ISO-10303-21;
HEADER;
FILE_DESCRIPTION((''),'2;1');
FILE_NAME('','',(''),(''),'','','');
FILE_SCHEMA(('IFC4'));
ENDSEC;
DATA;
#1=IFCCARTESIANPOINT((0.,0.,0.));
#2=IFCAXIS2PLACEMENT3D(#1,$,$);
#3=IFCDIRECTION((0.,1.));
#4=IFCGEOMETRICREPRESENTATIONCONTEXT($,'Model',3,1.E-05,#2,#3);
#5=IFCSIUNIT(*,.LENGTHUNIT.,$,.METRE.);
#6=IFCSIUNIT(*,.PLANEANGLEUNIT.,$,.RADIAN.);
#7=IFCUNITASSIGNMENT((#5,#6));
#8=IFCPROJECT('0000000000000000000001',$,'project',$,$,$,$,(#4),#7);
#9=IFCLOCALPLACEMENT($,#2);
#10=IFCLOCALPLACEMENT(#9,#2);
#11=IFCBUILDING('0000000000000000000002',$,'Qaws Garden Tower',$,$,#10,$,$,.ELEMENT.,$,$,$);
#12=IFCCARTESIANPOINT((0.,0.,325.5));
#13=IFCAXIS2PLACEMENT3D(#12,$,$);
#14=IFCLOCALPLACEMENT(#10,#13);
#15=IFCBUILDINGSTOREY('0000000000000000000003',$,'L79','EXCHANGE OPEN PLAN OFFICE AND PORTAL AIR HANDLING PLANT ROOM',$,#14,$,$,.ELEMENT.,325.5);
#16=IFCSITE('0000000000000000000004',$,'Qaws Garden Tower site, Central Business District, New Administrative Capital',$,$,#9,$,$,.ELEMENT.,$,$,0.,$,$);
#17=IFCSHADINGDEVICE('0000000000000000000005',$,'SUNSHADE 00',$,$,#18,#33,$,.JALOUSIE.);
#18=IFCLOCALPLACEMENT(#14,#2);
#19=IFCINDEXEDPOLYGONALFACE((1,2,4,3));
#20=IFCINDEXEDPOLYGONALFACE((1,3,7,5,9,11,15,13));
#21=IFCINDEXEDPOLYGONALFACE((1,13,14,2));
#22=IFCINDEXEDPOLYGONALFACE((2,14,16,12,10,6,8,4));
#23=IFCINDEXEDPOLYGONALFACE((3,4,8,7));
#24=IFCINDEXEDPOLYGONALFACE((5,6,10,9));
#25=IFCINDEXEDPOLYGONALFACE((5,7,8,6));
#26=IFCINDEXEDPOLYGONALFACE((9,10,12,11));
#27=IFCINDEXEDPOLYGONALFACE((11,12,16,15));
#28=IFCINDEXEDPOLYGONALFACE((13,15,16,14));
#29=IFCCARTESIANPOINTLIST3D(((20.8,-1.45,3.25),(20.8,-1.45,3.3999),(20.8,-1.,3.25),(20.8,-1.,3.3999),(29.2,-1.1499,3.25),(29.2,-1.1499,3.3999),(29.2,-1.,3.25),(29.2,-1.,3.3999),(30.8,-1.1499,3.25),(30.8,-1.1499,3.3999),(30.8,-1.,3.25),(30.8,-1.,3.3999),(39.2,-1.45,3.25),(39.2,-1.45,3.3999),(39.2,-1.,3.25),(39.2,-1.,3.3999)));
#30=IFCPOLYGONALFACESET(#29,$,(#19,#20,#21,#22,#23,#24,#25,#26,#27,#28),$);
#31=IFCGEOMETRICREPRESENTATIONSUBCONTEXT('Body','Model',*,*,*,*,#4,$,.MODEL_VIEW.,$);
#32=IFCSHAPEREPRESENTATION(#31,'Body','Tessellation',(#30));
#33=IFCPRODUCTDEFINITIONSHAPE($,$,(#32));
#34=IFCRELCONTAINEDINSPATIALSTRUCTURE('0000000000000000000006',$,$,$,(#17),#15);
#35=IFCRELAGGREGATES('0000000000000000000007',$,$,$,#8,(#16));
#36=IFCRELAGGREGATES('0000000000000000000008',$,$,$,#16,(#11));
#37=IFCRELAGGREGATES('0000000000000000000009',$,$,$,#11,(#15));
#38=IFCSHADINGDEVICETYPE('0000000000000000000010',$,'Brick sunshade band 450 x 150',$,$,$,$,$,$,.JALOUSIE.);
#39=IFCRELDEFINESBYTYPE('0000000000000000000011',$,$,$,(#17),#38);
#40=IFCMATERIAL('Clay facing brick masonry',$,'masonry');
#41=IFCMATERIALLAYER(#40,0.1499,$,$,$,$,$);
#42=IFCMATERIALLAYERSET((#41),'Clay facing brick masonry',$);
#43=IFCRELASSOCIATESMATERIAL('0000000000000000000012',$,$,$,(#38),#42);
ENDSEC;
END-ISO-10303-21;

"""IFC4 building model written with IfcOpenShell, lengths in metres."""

from ifc_helpers import new_model, si_unit, direction, frame, origin, place, context, subcontext, project, spatial, polyline, outline, extrude, material, layer, layer_set, type_object, element, save


model = new_model("IFC4")

# Units and contexts
model_context = context("Model", 3, precision=1e-05, world=origin(), true_north=direction((0.0, 1.0)))
body_context = subcontext(model_context, "Body", "Model", "MODEL_VIEW")
ifc_project = project(units=[si_unit("LENGTHUNIT", "METRE"), si_unit("PLANEANGLEUNIT", "RADIAN")], contexts=[model_context])

# Site, building, storey
site_placement = place(None, origin())
site = spatial("IfcSite", under=ifc_project, at=site_placement, Name="Qaws Garden Tower site, Central Business District, New Administrative Capital", CompositionType="ELEMENT", RefElevation=0.0)
building_placement = place(site_placement, origin())
building = spatial("IfcBuilding", under=site, at=building_placement, Name="Qaws Garden Tower", CompositionType="ELEMENT")
storey_placement = place(building_placement, frame((0.0, 0.0, 325.5)))
storey = spatial("IfcBuildingStorey", under=building, at=storey_placement, Name="L79", Description="EXCHANGE OPEN PLAN OFFICE AND PORTAL AIR HANDLING PLANT ROOM", CompositionType="ELEMENT", Elevation=325.5)

# Shading device
ifc_material_1 = material(Name="Clay facing brick masonry", Category="masonry")
ifc_layer_1 = layer(ifc_material_1, 0.1499)
ifc_layer_set_1 = layer_set([ifc_layer_1], Name="Clay facing brick masonry")
shading_device_type = type_object("IfcShadingDeviceType", Name="Brick sunshade band 450 x 150", PredefinedType="JALOUSIE", material=ifc_layer_set_1)
shading_device_placement = place(storey_placement, frame((0.0, 0.0, 3.25)))
element("IfcShadingDevice", 1, at=shading_device_placement, inside=storey, type_object=shading_device_type, Name="SUNSHADE 00", PredefinedType="JALOUSIE", context=body_context, shape_type="SweptSolid", body=[
    extrude(outline(polyline([(20.8, -1.0), (20.8, -1.45), (39.2, -1.45), (39.2, -1.0), (30.8, -1.0), (30.8, -1.1499), (29.2, -1.1499), (29.2, -1.0), (20.8, -1.0)])), origin(), (0.0, 0.0, 1.0), 0.1499),
])

save(model, "model.ifc")
